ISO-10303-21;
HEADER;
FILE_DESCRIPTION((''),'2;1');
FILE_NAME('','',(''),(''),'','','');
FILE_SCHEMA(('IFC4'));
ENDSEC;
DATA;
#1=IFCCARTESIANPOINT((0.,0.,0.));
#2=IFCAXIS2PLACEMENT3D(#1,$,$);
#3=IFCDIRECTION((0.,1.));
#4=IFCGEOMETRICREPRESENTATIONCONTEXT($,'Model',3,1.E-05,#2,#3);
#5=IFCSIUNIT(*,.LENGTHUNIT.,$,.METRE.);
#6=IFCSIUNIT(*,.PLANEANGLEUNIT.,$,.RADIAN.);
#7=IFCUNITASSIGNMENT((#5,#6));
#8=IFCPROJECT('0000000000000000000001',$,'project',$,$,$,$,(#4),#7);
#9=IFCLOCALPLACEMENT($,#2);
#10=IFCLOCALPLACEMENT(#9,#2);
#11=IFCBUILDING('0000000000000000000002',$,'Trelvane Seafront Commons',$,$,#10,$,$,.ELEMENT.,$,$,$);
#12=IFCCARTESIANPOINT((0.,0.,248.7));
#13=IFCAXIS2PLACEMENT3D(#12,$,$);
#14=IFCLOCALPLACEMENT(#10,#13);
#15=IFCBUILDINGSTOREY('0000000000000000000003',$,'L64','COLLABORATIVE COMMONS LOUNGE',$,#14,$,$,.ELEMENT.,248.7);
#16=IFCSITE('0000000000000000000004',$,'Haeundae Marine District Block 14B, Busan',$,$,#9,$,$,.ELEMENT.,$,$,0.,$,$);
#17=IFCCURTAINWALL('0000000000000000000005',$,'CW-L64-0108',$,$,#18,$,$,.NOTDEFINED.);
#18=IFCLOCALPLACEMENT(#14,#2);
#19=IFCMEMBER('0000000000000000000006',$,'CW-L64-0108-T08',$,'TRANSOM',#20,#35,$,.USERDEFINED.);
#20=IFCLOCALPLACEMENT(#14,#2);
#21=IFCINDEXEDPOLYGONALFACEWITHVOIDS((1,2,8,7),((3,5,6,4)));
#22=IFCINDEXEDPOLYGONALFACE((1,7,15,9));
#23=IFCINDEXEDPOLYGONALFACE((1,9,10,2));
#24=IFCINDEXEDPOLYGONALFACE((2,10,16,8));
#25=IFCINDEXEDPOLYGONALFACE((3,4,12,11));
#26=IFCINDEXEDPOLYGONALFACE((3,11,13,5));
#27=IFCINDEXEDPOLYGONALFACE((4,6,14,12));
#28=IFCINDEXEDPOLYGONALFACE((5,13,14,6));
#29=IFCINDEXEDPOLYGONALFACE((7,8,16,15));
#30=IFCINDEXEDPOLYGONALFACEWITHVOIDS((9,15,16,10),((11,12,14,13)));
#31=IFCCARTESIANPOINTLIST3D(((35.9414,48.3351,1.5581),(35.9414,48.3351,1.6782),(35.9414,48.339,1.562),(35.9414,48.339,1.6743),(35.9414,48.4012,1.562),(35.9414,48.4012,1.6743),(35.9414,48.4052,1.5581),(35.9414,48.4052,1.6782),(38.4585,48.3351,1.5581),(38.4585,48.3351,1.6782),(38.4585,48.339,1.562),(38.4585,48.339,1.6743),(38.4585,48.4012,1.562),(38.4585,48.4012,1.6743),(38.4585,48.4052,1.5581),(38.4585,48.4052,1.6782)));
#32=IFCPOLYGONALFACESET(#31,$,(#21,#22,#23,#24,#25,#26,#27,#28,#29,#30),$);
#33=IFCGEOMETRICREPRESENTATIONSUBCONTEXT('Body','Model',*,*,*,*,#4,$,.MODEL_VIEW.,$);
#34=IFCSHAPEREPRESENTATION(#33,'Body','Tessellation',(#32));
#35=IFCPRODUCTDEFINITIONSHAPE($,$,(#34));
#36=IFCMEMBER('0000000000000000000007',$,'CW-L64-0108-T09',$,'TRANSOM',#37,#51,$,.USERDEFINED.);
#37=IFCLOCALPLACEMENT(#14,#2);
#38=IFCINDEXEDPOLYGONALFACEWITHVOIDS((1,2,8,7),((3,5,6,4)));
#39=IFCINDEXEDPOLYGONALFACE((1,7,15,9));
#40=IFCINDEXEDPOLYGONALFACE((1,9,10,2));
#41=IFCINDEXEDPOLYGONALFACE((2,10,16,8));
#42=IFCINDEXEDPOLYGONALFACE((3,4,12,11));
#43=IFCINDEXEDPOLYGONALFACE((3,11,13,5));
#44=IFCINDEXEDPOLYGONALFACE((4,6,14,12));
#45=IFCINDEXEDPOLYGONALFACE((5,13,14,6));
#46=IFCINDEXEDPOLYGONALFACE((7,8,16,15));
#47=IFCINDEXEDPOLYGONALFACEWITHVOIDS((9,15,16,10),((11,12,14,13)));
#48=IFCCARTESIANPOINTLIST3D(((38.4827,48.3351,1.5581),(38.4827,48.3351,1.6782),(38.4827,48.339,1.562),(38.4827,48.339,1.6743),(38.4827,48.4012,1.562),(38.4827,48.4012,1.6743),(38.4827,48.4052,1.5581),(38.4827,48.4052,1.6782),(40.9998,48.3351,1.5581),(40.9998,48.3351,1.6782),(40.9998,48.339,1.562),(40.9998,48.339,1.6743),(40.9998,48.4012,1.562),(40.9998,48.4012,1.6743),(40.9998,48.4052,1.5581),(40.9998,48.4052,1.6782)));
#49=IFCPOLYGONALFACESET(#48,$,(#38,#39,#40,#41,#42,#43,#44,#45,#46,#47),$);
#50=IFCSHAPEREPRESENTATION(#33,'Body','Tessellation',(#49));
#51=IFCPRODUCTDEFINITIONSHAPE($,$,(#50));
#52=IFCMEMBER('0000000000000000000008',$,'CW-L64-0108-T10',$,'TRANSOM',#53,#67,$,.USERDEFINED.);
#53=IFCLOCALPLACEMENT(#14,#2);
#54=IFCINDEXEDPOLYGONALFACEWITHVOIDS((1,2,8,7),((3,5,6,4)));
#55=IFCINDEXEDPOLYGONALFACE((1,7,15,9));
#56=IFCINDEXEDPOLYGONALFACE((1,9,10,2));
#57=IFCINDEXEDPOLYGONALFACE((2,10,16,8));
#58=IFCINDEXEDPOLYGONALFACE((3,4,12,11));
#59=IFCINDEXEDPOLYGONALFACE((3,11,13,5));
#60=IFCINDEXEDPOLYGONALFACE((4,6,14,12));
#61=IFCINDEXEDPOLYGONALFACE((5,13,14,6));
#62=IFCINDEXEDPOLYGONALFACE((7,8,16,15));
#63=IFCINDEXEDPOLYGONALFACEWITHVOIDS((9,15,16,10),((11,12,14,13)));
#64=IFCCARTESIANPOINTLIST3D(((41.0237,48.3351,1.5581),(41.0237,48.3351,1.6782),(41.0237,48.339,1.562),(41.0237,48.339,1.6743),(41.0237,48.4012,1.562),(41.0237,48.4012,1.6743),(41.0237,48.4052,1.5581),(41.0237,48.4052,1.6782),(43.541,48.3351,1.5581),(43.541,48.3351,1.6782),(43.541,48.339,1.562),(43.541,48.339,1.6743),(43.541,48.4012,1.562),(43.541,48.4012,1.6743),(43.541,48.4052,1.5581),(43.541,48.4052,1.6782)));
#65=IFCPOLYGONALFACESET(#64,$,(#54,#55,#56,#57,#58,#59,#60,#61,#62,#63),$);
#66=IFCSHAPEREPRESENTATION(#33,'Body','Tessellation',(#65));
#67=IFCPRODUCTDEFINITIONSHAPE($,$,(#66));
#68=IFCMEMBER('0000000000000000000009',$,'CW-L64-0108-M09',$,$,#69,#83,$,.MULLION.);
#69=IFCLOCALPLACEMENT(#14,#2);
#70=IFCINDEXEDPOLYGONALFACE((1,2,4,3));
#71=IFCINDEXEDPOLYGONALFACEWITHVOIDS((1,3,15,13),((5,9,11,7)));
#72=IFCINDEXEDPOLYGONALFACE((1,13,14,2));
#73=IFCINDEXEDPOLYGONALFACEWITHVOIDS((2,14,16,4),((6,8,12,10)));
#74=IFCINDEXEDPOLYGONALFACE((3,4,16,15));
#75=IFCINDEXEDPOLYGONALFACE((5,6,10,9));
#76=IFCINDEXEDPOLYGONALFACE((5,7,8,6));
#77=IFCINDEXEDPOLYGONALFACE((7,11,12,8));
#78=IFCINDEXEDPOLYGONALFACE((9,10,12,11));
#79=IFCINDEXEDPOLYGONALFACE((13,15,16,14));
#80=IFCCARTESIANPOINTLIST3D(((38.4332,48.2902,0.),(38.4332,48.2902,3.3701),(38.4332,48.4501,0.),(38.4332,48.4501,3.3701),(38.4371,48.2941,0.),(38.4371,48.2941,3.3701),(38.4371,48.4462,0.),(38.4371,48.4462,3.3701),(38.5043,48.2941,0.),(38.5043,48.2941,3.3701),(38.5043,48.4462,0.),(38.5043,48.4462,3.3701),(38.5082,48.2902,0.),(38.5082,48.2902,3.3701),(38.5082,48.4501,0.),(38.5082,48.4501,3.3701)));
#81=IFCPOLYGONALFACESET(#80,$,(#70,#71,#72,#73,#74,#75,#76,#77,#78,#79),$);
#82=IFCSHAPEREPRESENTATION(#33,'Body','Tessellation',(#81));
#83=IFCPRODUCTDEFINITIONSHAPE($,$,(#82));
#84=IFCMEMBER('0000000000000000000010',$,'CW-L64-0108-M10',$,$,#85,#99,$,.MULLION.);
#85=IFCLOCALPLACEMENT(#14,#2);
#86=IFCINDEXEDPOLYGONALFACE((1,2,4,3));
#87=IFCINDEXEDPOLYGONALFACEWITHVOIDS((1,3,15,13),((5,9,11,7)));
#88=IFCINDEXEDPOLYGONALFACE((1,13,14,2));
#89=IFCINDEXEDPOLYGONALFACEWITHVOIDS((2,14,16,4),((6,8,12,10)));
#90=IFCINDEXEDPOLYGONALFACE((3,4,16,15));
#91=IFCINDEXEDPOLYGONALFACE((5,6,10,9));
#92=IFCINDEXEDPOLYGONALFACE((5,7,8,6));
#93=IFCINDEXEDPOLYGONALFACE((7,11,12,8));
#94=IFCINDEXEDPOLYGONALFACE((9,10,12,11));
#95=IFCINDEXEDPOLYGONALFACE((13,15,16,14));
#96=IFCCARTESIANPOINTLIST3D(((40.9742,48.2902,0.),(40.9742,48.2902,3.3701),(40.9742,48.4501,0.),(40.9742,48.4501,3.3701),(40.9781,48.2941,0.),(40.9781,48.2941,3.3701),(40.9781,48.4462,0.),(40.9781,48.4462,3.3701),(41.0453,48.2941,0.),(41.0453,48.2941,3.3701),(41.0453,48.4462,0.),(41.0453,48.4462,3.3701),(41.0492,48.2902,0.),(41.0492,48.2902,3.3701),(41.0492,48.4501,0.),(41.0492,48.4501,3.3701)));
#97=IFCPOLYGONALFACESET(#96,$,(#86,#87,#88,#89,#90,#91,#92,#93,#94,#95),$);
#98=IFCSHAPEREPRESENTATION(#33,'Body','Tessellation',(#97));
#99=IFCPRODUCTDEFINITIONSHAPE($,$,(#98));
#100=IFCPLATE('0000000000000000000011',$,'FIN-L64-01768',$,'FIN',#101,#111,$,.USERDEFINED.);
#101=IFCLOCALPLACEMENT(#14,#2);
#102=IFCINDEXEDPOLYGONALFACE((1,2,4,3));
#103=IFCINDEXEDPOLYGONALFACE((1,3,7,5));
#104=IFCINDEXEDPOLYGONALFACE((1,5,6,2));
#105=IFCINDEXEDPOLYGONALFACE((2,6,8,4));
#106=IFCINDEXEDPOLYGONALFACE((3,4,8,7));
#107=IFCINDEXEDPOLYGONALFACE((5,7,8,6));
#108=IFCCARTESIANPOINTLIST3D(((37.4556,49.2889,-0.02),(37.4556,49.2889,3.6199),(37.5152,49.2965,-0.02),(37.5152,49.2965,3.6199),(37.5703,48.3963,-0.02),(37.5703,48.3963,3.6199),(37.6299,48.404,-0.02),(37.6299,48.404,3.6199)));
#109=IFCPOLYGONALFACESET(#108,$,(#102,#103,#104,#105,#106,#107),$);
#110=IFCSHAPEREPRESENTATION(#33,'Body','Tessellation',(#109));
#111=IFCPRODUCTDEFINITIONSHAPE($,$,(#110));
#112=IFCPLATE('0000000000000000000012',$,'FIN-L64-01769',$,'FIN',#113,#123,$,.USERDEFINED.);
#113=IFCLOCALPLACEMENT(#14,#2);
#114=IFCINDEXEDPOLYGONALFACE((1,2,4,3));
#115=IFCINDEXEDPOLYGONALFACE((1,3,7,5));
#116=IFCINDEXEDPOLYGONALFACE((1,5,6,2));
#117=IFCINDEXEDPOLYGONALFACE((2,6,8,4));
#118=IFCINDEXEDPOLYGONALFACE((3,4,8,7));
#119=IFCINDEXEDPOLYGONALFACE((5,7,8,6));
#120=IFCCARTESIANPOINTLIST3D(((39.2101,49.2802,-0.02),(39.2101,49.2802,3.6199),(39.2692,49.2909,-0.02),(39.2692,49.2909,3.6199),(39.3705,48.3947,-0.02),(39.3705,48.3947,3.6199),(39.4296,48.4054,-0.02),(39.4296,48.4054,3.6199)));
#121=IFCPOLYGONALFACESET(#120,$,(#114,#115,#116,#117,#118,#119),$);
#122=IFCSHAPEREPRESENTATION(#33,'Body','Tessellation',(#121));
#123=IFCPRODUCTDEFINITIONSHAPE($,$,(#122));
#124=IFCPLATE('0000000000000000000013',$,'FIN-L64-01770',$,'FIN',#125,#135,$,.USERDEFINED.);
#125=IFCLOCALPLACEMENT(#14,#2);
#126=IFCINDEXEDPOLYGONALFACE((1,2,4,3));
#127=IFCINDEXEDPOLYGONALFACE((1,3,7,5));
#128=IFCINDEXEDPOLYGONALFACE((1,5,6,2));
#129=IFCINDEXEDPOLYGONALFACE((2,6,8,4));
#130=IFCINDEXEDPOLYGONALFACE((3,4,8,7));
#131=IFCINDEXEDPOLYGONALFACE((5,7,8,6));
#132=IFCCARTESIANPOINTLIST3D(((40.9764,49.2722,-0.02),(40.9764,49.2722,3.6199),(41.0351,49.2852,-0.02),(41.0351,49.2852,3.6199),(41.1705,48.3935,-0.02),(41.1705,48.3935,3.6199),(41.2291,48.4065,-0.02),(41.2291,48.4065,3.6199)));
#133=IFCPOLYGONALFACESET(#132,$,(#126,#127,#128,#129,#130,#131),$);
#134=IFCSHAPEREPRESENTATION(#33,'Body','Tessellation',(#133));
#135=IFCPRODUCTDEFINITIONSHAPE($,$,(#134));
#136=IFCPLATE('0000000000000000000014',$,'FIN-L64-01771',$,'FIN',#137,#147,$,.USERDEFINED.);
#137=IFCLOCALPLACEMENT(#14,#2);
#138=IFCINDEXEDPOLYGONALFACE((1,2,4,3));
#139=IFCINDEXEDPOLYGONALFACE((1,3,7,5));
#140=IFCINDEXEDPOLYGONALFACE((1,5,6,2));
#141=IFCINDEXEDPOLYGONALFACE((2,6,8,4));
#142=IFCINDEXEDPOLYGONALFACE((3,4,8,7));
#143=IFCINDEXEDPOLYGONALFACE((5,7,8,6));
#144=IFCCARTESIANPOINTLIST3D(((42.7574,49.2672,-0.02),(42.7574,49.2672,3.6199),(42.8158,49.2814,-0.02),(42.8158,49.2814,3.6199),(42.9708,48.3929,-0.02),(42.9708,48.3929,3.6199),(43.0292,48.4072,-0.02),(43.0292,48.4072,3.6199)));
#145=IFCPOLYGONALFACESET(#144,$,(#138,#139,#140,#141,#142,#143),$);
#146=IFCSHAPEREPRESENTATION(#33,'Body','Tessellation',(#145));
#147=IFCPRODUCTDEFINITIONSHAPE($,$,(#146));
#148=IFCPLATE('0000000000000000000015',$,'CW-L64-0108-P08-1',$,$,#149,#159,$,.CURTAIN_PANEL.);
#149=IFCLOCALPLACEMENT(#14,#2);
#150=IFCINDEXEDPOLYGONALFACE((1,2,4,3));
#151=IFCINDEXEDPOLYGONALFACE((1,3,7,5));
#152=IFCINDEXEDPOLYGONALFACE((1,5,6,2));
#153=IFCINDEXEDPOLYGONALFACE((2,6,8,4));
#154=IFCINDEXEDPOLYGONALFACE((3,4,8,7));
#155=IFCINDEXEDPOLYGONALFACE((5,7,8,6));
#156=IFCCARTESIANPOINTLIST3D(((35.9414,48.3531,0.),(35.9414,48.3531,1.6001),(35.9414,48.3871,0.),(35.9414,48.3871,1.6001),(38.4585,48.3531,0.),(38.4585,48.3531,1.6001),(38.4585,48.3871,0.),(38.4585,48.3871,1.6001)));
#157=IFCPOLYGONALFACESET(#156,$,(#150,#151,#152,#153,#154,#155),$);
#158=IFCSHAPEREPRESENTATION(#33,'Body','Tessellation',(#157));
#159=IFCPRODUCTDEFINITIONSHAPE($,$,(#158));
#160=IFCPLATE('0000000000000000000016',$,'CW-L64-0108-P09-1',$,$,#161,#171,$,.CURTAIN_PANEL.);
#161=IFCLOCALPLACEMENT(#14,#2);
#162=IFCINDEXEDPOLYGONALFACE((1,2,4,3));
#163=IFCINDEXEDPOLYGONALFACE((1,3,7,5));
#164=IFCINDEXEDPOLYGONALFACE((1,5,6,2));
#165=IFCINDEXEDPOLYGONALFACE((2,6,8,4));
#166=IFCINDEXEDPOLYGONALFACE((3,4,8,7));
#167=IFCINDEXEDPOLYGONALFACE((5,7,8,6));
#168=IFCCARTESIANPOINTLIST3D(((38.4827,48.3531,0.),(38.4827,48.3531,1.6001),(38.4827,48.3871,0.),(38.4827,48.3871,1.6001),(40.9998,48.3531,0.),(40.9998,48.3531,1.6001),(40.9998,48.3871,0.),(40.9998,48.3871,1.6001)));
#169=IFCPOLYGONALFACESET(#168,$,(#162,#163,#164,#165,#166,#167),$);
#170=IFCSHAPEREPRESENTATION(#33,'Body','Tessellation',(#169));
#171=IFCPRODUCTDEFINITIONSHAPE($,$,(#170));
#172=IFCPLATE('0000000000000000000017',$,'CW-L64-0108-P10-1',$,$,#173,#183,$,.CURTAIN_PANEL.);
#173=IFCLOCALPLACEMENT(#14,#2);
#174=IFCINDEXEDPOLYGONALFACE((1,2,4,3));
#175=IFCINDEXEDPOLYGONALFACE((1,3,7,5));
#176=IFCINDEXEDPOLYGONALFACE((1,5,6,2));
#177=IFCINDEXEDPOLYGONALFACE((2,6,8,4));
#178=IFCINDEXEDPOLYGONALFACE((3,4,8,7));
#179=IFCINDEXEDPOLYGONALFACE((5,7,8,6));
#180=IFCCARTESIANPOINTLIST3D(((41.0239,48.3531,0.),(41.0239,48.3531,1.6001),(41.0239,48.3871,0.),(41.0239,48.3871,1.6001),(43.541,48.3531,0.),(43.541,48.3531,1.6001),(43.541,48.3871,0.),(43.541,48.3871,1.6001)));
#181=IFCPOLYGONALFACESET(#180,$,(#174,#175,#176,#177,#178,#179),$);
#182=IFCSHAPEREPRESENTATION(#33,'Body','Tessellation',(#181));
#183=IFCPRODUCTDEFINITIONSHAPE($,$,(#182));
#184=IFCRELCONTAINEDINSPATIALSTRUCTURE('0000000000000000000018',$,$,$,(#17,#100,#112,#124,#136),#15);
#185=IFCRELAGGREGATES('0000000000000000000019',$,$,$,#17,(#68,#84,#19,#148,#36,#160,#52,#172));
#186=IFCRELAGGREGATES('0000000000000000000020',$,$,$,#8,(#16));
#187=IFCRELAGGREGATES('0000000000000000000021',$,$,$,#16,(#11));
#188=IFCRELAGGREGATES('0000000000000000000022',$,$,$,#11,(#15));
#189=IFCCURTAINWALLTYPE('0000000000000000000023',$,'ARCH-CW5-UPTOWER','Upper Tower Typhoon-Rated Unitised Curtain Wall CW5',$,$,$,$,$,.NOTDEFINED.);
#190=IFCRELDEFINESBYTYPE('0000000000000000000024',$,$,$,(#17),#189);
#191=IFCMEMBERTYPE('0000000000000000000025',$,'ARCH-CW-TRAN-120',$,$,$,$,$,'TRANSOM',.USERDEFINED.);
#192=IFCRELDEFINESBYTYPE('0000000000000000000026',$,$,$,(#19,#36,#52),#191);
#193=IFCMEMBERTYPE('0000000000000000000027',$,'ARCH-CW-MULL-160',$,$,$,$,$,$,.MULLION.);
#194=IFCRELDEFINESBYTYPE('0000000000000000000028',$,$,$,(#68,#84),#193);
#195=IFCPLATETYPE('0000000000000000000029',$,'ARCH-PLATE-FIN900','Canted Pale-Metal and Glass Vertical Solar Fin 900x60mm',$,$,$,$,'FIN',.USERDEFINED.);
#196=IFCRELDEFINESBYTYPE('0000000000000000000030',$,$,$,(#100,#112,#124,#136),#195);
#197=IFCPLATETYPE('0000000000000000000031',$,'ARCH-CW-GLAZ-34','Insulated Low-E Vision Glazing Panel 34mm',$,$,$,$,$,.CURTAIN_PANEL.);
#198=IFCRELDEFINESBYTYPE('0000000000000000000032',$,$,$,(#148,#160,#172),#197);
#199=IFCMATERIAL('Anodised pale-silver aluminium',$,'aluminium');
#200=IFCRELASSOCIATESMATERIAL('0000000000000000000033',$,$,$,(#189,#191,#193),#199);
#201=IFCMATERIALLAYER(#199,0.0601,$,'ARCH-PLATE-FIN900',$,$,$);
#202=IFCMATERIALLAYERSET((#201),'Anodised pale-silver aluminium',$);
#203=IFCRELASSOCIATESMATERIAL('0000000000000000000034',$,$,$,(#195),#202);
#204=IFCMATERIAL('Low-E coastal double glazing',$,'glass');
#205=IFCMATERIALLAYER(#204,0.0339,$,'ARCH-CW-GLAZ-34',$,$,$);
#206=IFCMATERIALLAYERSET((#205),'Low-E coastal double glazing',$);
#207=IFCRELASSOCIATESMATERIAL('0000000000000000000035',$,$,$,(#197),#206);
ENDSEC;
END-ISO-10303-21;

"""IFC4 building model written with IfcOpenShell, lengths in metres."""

from ifc_helpers import new_model, si_unit, direction, frame, origin, origin_2d, place, context, subcontext, project, spatial, rectangle, hollow_rectangle, extrude, source, transform, mapped, material, layer, layer_set, material_profile, profile_set, type_object, element, aggregate, save


model = new_model("IFC4")

# Units and contexts
model_context = context("Model", 3, precision=1e-05, world=origin(), true_north=direction((0.0, 1.0)))
body_context = subcontext(model_context, "Body", "Model", "MODEL_VIEW")
ifc_project = project(units=[si_unit("LENGTHUNIT", "METRE"), si_unit("PLANEANGLEUNIT", "RADIAN")], contexts=[model_context])

# Site, building, storey
site_placement = place(None, origin())
site = spatial("IfcSite", under=ifc_project, at=site_placement, Name="Haeundae Marine District Block 14B, Busan", CompositionType="ELEMENT", RefElevation=0.0)
building_placement = place(site_placement, origin())
building = spatial("IfcBuilding", under=site, at=building_placement, Name="Trelvane Seafront Commons", CompositionType="ELEMENT")
storey_placement = place(building_placement, frame((0.0, 0.0, 248.7)))
storey = spatial("IfcBuildingStorey", under=building, at=storey_placement, Name="L64", Description="COLLABORATIVE COMMONS LOUNGE", CompositionType="ELEMENT", Elevation=248.7)

# Curtain wall, members
ifc_material_1 = material(Name="Anodised pale-silver aluminium", Category="aluminium")
curtain_wall_type = type_object("IfcCurtainWallType", Name="ARCH-CW5-UPTOWER", Description="Upper Tower Typhoon-Rated Unitised Curtain Wall CW5", PredefinedType="NOTDEFINED", material=ifc_material_1)
curtain_wall_placement = place(storey_placement, origin())
curtain_wall = element("IfcCurtainWall", 1, at=curtain_wall_placement, inside=storey, type_object=curtain_wall_type, Name="CW-L64-0108", PredefinedType="NOTDEFINED")
ifc_material_profile_1 = material_profile(ifc_material_1, hollow_rectangle(XDim=0.0701, YDim=0.1201, WallThickness=0.0039, at=origin_2d()), Name="TRAN-70x120x4")
ifc_profile_set_1 = profile_set([ifc_material_profile_1], Name="Anodised pale-silver aluminium")
member_type_1 = type_object("IfcMemberType", Name="ARCH-CW-TRAN-120", ElementType="TRANSOM", PredefinedType="USERDEFINED", material=ifc_profile_set_1)
shared_shape_1 = source(origin(), body_context, "Body", "SweptSolid", [
    extrude(hollow_rectangle(XDim=0.0701, YDim=0.1201, WallThickness=0.0039, at=origin_2d()), origin(), (0.0, 0.0, 1.0), 2.5171),
])
member_1_placement = place(storey_placement, frame((35.9414, 48.3701, 1.6182), z_axis=(1.0, 0.0, 0.0), x_axis=(0.0, 1.0, 0.0)))
member_1 = element("IfcMember", 2, at=member_1_placement, type_object=member_type_1, Name="CW-L64-0108-T08", ObjectType="TRANSOM", PredefinedType="USERDEFINED", context=body_context, shape_type="MappedRepresentation", body=[
    mapped(shared_shape_1, transform((0.0, 0.0, 0.0), x_axis=(1.0, 0.0, 0.0), y_axis=(0.0, 1.0, 0.0), z_axis=(0.0, 0.0, 1.0), scale=1.0)),
])
member_2_placement = place(storey_placement, frame((38.4827, 48.3701, 1.6182), z_axis=(1.0, 0.0, 0.0), x_axis=(0.0, 1.0, 0.0)))
member_2 = element("IfcMember", 3, at=member_2_placement, type_object=member_type_1, Name="CW-L64-0108-T09", ObjectType="TRANSOM", PredefinedType="USERDEFINED", context=body_context, shape_type="MappedRepresentation", body=[
    mapped(shared_shape_1, transform((0.0, 0.0, 0.0), x_axis=(1.0, 0.0, 0.0), y_axis=(0.0, 1.0, 0.0), z_axis=(0.0, 0.0, 1.0), scale=1.0)),
])
shared_shape_2 = source(origin(), body_context, "Body", "SweptSolid", [
    extrude(hollow_rectangle(XDim=0.0701, YDim=0.1201, WallThickness=0.0039, at=origin_2d()), origin(), (0.0, 0.0, 1.0), 2.5173),
])
member_3_placement = place(storey_placement, frame((41.0237, 48.3701, 1.6182), z_axis=(1.0, 0.0, 0.0), x_axis=(0.0, 1.0, 0.0)))
member_3 = element("IfcMember", 4, at=member_3_placement, type_object=member_type_1, Name="CW-L64-0108-T10", ObjectType="TRANSOM", PredefinedType="USERDEFINED", context=body_context, shape_type="MappedRepresentation", body=[
    mapped(shared_shape_2, transform((0.0, 0.0, 0.0), x_axis=(1.0, 0.0, 0.0), y_axis=(0.0, 1.0, 0.0), z_axis=(0.0, 0.0, 1.0), scale=1.0)),
])
ifc_material_profile_2 = material_profile(ifc_material_1, hollow_rectangle(XDim=0.075, YDim=0.1599, WallThickness=0.0039, at=origin_2d()), Name="MULL-75x160x4")
ifc_profile_set_2 = profile_set([ifc_material_profile_2], Name="Anodised pale-silver aluminium")
member_type_2 = type_object("IfcMemberType", Name="ARCH-CW-MULL-160", PredefinedType="MULLION", material=ifc_profile_set_2)
shared_shape_3 = source(origin(), body_context, "Body", "SweptSolid", [
    extrude(hollow_rectangle(XDim=0.075, YDim=0.1599, WallThickness=0.0039, at=origin_2d()), origin(), (0.0, 0.0, 1.0), 3.3701),
])
member_4_placement = place(storey_placement, frame((38.4707, 48.3701, 0.0), z_axis=(0.0, 0.0, 1.0), x_axis=(1.0, 0.0, 0.0)))
member_4 = element("IfcMember", 5, at=member_4_placement, type_object=member_type_2, Name="CW-L64-0108-M09", PredefinedType="MULLION", context=body_context, shape_type="MappedRepresentation", body=[
    mapped(shared_shape_3, transform((0.0, 0.0, 0.0), x_axis=(1.0, 0.0, 0.0), y_axis=(0.0, 1.0, 0.0), z_axis=(0.0, 0.0, 1.0), scale=1.0)),
])
member_5_placement = place(storey_placement, frame((41.0117, 48.3701, 0.0), z_axis=(0.0, 0.0, 1.0), x_axis=(1.0, 0.0, 0.0)))
member_5 = element("IfcMember", 6, at=member_5_placement, type_object=member_type_2, Name="CW-L64-0108-M10", PredefinedType="MULLION", context=body_context, shape_type="MappedRepresentation", body=[
    mapped(shared_shape_3, transform((0.0, 0.0, 0.0), x_axis=(1.0, 0.0, 0.0), y_axis=(0.0, 1.0, 0.0), z_axis=(0.0, 0.0, 1.0), scale=1.0)),
])

# Plates
ifc_layer_1 = layer(ifc_material_1, 0.0601, Name="ARCH-PLATE-FIN900")
ifc_layer_set_1 = layer_set([ifc_layer_1], Name="Anodised pale-silver aluminium")
plate_type_1 = type_object("IfcPlateType", Name="ARCH-PLATE-FIN900", Description="Canted Pale-Metal and Glass Vertical Solar Fin 900x60mm", ElementType="FIN", PredefinedType="USERDEFINED", material=ifc_layer_set_1)
shared_shape_4 = source(origin(), body_context, "Body", "SweptSolid", [
    extrude(rectangle(XDim=0.8999, YDim=0.0601, at=origin_2d()), origin(), (0.0, 0.0, 1.0), 3.6399),
])
for number, where, z_axis, x_axis, name in (
    (7, (37.5427, 48.8464, -0.02), (0.0, 0.0, 1.0), (-0.127439, 0.991846, 0.0), "FIN-L64-01768"),
    (8, (39.3198, 48.8428, -0.02), (0.0, 0.0, 1.0), (-0.17822, 0.983991, 0.0), "FIN-L64-01769"),
    (9, (41.1028, 48.8394, -0.02), (0.0, 0.0, 1.0), (-0.215671, 0.976466, 0.0), "FIN-L64-01770"),
    (10, (42.8933, 48.8372, -0.02), (0.0, 0.0, 1.0), (-0.23712, 0.97148, 0.0), "FIN-L64-01771"),
):
    element("IfcPlate", number, at=place(storey_placement, frame(where, z_axis=z_axis, x_axis=x_axis)), inside=storey, type_object=plate_type_1, Name=name, ObjectType="FIN", PredefinedType="USERDEFINED", context=body_context, shape_type="MappedRepresentation", body=[
        mapped(shared_shape_4, transform((0.0, 0.0, 0.0), x_axis=(1.0, 0.0, 0.0), y_axis=(0.0, 1.0, 0.0), z_axis=(0.0, 0.0, 1.0), scale=1.0)),
    ])

# Plates
ifc_material_2 = material(Name="Low-E coastal double glazing", Category="glass")
ifc_layer_2 = layer(ifc_material_2, 0.0339, Name="ARCH-CW-GLAZ-34")
ifc_layer_set_2 = layer_set([ifc_layer_2], Name="Low-E coastal double glazing")
plate_type_2 = type_object("IfcPlateType", Name="ARCH-CW-GLAZ-34", Description="Insulated Low-E Vision Glazing Panel 34mm", PredefinedType="CURTAIN_PANEL", material=ifc_layer_set_2)
shared_shape_5 = source(origin(), body_context, "Body", "SweptSolid", [
    extrude(rectangle(XDim=2.5171, YDim=0.0339, at=origin_2d()), origin(), (0.0, 0.0, 1.0), 1.6001),
])
plate_1_placement = place(storey_placement, frame((37.2, 48.3701, 0.0), z_axis=(0.0, 0.0, 1.0), x_axis=(1.0, 0.0, 0.0)))
plate_1 = element("IfcPlate", 11, at=plate_1_placement, type_object=plate_type_2, Name="CW-L64-0108-P08-1", PredefinedType="CURTAIN_PANEL", context=body_context, shape_type="MappedRepresentation", body=[
    mapped(shared_shape_5, transform((0.0, 0.0, 0.0), x_axis=(1.0, 0.0, 0.0), y_axis=(0.0, 1.0, 0.0), z_axis=(0.0, 0.0, 1.0), scale=1.0)),
])
plate_2_placement = place(storey_placement, frame((39.7412, 48.3701, 0.0), z_axis=(0.0, 0.0, 1.0), x_axis=(1.0, 0.0, 0.0)))
plate_2 = element("IfcPlate", 12, at=plate_2_placement, type_object=plate_type_2, Name="CW-L64-0108-P09-1", PredefinedType="CURTAIN_PANEL", context=body_context, shape_type="MappedRepresentation", body=[
    mapped(shared_shape_5, transform((0.0, 0.0, 0.0), x_axis=(1.0, 0.0, 0.0), y_axis=(0.0, 1.0, 0.0), z_axis=(0.0, 0.0, 1.0), scale=1.0)),
])
plate_3_placement = place(storey_placement, frame((42.2825, 48.3701, 0.0), z_axis=(0.0, 0.0, 1.0), x_axis=(1.0, 0.0, 0.0)))
plate_3 = element("IfcPlate", 13, at=plate_3_placement, type_object=plate_type_2, Name="CW-L64-0108-P10-1", PredefinedType="CURTAIN_PANEL", context=body_context, shape_type="MappedRepresentation", body=[
    mapped(shared_shape_5, transform((0.0, 0.0, 0.0), x_axis=(1.0, 0.0, 0.0), y_axis=(0.0, 1.0, 0.0), z_axis=(0.0, 0.0, 1.0), scale=1.0)),
])
aggregate(curtain_wall, [member_4, member_5, member_1, plate_1, member_2, plate_2, member_3, plate_3])

save(model, "model.ifc")
